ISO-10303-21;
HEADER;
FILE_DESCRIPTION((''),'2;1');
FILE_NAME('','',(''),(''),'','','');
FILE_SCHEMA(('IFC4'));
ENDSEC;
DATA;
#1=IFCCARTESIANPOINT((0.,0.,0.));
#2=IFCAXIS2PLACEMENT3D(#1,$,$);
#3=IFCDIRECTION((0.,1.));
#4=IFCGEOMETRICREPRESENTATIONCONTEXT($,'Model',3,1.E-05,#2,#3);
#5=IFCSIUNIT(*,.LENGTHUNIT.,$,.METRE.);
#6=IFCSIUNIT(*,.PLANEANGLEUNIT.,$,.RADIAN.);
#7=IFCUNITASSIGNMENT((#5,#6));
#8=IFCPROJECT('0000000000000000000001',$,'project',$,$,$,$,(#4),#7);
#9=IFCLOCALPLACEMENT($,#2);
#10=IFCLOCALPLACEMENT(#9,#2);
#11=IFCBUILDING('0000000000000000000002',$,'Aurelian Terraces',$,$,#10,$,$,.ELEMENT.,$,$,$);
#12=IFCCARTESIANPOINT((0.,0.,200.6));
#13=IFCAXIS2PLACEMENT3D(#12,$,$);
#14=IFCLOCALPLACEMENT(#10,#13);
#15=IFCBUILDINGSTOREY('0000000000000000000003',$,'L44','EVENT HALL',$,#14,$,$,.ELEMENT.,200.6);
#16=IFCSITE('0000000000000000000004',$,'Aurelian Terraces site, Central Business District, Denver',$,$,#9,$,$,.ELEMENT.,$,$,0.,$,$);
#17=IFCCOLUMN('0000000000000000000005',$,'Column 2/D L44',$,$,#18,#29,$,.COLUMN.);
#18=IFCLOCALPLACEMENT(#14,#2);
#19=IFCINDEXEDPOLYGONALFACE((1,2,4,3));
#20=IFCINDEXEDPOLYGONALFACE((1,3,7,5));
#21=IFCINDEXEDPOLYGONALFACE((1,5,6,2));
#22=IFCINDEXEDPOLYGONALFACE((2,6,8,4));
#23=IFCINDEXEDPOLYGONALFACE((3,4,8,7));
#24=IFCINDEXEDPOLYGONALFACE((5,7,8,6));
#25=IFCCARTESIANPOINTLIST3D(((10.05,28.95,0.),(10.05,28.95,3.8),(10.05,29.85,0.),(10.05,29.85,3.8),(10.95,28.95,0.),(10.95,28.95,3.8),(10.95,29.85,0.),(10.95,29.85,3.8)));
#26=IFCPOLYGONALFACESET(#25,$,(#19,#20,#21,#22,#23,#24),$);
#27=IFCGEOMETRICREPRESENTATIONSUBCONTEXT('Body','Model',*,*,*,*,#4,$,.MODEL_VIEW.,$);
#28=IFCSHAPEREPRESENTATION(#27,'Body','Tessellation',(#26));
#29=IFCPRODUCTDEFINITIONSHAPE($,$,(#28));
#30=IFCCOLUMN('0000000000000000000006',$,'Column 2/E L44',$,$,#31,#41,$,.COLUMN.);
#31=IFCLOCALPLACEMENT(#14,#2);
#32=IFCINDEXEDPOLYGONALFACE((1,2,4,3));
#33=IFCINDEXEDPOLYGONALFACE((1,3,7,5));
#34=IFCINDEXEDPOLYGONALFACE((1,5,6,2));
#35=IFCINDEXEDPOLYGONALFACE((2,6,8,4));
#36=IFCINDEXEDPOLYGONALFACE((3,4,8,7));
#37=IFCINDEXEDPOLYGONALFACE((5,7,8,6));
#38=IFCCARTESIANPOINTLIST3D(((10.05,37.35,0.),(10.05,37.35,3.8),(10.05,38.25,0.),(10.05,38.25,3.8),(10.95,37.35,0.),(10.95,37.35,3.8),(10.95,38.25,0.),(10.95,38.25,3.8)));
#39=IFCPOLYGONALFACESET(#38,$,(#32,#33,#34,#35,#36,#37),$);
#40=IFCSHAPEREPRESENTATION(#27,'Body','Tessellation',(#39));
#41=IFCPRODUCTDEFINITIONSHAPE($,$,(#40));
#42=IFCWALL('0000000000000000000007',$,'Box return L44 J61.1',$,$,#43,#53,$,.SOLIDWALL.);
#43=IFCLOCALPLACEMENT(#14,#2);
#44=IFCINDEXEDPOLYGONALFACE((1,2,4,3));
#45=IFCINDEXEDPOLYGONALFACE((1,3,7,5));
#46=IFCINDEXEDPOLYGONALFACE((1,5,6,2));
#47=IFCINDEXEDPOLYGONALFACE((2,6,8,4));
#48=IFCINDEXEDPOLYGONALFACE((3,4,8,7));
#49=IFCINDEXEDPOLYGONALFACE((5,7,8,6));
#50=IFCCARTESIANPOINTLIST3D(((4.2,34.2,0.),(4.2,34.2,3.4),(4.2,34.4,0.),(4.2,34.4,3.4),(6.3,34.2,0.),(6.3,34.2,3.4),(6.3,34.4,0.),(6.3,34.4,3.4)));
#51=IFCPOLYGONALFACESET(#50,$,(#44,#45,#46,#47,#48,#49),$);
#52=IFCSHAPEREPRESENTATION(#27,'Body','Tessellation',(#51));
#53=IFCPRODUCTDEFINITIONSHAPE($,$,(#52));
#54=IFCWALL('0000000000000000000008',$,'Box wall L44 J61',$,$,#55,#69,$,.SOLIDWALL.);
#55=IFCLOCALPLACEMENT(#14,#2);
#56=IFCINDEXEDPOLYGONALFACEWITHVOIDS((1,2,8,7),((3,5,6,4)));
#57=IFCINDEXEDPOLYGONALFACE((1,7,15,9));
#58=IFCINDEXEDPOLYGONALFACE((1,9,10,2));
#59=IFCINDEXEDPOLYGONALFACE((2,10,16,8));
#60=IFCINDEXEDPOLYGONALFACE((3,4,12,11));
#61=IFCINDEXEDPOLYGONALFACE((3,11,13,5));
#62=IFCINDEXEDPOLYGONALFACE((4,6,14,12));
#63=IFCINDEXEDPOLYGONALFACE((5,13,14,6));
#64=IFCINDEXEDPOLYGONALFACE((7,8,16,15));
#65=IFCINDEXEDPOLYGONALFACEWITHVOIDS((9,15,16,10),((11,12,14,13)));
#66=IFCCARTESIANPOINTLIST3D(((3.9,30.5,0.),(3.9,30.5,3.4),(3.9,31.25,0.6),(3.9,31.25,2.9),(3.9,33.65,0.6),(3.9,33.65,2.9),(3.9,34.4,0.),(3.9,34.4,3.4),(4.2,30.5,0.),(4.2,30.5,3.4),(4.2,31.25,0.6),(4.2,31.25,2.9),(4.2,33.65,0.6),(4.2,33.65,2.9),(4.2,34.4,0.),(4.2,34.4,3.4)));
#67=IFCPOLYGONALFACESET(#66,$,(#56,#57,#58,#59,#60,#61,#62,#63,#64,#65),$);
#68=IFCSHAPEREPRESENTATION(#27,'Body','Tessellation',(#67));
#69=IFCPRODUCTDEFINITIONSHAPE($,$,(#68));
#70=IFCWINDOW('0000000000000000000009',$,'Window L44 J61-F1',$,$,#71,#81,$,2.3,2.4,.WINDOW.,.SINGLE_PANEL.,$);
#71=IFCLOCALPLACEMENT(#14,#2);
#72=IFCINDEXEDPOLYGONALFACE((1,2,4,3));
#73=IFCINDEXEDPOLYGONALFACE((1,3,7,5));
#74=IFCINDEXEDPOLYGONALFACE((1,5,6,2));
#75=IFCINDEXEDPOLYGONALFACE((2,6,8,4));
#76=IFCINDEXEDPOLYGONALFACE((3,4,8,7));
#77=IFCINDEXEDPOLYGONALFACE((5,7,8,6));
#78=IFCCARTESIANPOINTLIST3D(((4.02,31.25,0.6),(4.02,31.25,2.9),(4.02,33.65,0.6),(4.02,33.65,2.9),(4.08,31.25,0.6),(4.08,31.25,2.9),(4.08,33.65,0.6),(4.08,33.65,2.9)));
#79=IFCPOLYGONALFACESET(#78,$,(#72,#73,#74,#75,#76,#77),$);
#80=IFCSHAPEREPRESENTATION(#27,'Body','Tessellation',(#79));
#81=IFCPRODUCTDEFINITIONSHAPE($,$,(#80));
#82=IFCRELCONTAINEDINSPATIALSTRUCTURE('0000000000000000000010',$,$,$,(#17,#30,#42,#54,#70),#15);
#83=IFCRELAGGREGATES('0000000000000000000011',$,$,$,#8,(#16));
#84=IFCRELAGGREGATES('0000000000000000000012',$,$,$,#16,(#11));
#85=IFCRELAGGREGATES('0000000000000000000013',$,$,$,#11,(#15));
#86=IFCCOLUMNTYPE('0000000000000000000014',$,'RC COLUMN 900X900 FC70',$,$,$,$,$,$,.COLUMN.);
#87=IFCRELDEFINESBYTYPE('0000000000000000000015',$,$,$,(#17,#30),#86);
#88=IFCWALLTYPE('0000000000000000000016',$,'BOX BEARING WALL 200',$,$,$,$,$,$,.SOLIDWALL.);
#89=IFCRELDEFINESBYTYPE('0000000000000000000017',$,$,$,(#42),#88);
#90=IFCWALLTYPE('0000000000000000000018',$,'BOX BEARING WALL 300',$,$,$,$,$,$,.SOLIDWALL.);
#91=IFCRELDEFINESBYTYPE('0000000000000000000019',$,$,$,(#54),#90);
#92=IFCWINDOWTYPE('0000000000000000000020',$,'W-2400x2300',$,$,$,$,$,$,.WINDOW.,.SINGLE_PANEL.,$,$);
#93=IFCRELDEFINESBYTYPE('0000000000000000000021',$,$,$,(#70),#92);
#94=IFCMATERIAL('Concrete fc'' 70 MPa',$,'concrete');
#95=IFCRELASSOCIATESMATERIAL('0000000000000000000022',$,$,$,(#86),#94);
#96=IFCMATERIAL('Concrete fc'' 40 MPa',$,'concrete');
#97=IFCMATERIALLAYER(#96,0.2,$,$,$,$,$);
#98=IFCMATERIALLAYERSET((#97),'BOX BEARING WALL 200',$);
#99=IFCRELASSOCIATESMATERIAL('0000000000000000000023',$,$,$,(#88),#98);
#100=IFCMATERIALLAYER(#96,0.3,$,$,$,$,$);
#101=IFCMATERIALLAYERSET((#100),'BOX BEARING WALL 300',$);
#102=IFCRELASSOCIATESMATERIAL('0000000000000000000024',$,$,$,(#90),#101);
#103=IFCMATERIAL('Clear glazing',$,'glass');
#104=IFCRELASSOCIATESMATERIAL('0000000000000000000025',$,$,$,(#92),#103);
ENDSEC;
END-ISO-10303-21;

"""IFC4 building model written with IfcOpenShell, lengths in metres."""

from ifc_helpers import new_model, si_unit, direction, frame, frame_2d, origin, origin_2d, place, context, subcontext, project, spatial, rectangle, extrude, source, transform, mapped, material, layer, layer_set, material_profile, profile_set, type_object, element, fill, save


model = new_model("IFC4")

# Units and contexts
model_context = context("Model", 3, precision=1e-05, world=origin(), true_north=direction((0.0, 1.0)))
body_context = subcontext(model_context, "Body", "Model", "MODEL_VIEW")
ifc_project = project(units=[si_unit("LENGTHUNIT", "METRE"), si_unit("PLANEANGLEUNIT", "RADIAN")], contexts=[model_context])

# Site, building, storey
site_placement = place(None, origin())
site = spatial("IfcSite", under=ifc_project, at=site_placement, Name="Aurelian Terraces site, Central Business District, Denver", CompositionType="ELEMENT", RefElevation=0.0)
building_placement = place(site_placement, origin())
building = spatial("IfcBuilding", under=site, at=building_placement, Name="Aurelian Terraces", CompositionType="ELEMENT")
storey_placement = place(building_placement, frame((0.0, 0.0, 200.6)))
storey = spatial("IfcBuildingStorey", under=building, at=storey_placement, Name="L44", Description="EVENT HALL", CompositionType="ELEMENT", Elevation=200.6)

# Columns
ifc_material_1 = material(Name="Concrete fc' 70 MPa", Category="concrete")
ifc_material_profile = material_profile(ifc_material_1, rectangle(XDim=0.9, YDim=0.9, at=origin_2d()))
ifc_profile_set = profile_set([ifc_material_profile], Name="Concrete fc' 70 MPa")
column_type = type_object("IfcColumnType", Name="RC COLUMN 900X900 FC70", PredefinedType="COLUMN", material=ifc_profile_set)
shared_shape_1 = source(origin(), body_context, "Body", "SweptSolid", [
    extrude(rectangle(XDim=0.9, YDim=0.9, at=origin_2d()), origin(), (0.0, 0.0, 1.0), 3.8),
])
for number, where, z_axis, x_axis, name in (
    (1, (10.5, 29.4, 0.0), (0.0, 0.0, 1.0), (1.0, 0.0, 0.0), "Column 2/D L44"),
    (2, (10.5, 37.8, 0.0), (0.0, 0.0, 1.0), (1.0, 0.0, 0.0), "Column 2/E L44"),
):
    element("IfcColumn", number, at=place(storey_placement, frame(where, z_axis=z_axis, x_axis=x_axis)), inside=storey, type_object=column_type, Name=name, PredefinedType="COLUMN", context=body_context, shape_type="MappedRepresentation", body=[
        mapped(shared_shape_1, transform((0.0, 0.0, 0.0), scale=1.0)),
    ])

# Wall
ifc_material_2 = material(Name="Concrete fc' 40 MPa", Category="concrete")
ifc_layer_1 = layer(ifc_material_2, 0.2)
ifc_layer_set_1 = layer_set([ifc_layer_1], Name="BOX BEARING WALL 200")
wall_type_1 = type_object("IfcWallType", Name="BOX BEARING WALL 200", PredefinedType="SOLIDWALL", material=ifc_layer_set_1)
wall_1_placement = place(storey_placement, frame((6.3, 34.3, 0.0), z_axis=(0.0, 0.0, 1.0), x_axis=(-1.0, 0.0, 0.0)))
element("IfcWall", 3, at=wall_1_placement, inside=storey, type_object=wall_type_1, Name="Box return L44 J61.1", PredefinedType="SOLIDWALL", context=body_context, shape_type="SweptSolid", body=[
    extrude(rectangle(XDim=2.1, YDim=0.2, at=frame_2d((1.05, 0.0))), origin(), (0.0, 0.0, 1.0), 3.4),
])

# Wall, opening, window
ifc_layer_2 = layer(ifc_material_2, 0.3)
ifc_layer_set_2 = layer_set([ifc_layer_2], Name="BOX BEARING WALL 300")
wall_type_2 = type_object("IfcWallType", Name="BOX BEARING WALL 300", PredefinedType="SOLIDWALL", material=ifc_layer_set_2)
wall_2_placement = place(storey_placement, frame((4.05, 34.4, 0.0), z_axis=(0.0, 0.0, 1.0), x_axis=(0.0, -1.0, 0.0)))
wall_2 = element("IfcWall", 4, at=wall_2_placement, inside=storey, type_object=wall_type_2, Name="Box wall L44 J61", PredefinedType="SOLIDWALL", context=body_context, shape_type="SweptSolid", body=[
    extrude(rectangle(XDim=3.9, YDim=0.3, at=frame_2d((1.95, 0.0))), origin(), (0.0, 0.0, 1.0), 3.4),
])
shared_shape_2 = source(origin(), body_context, "Body", "SweptSolid", [
    extrude(rectangle(XDim=2.4, YDim=2.3, at=frame_2d((1.2, 1.15))), frame((0.0, 0.16, 0.0), z_axis=(0.0, -1.0, 0.0), x_axis=(1.0, 0.0, 0.0)), (0.0, 0.0, 1.0), 0.32),
])
opening_1_placement = place(wall_2_placement, frame((0.75, 0.0, 0.6)))
opening_1 = element("IfcOpeningElement", 5, at=opening_1_placement, cuts=wall_2, PredefinedType="OPENING", context=body_context, shape_type="MappedRepresentation", body=[
    mapped(shared_shape_2, transform((0.0, 0.0, 0.0), scale=1.0)),
])
ifc_material_3 = material(Name="Clear glazing", Category="glass")
window_type_1 = type_object("IfcWindowType", Name="W-2400x2300", PartitioningType="SINGLE_PANEL", PredefinedType="WINDOW", material=ifc_material_3)
shared_shape_3 = source(origin(), body_context, "Body", "SweptSolid", [
    extrude(rectangle(XDim=2.4, YDim=2.3, at=frame_2d((1.2, 1.15))), frame((0.0, 0.03, 0.0), z_axis=(0.0, -1.0, 0.0), x_axis=(1.0, 0.0, 0.0)), (0.0, 0.0, 1.0), 0.06),
])
window_1_placement = place(opening_1_placement, origin())
window_1 = element("IfcWindow", 6, at=window_1_placement, inside=storey, type_object=window_type_1, Name="Window L44 J61-F1", OverallHeight=2.3, OverallWidth=2.4, PartitioningType="SINGLE_PANEL", PredefinedType="WINDOW", context=body_context, shape_type="MappedRepresentation", body=[
    mapped(shared_shape_3, transform((0.0, 0.0, 0.0), scale=1.0)),
])
fill(opening_1, window_1)

save(model, "model.ifc")
